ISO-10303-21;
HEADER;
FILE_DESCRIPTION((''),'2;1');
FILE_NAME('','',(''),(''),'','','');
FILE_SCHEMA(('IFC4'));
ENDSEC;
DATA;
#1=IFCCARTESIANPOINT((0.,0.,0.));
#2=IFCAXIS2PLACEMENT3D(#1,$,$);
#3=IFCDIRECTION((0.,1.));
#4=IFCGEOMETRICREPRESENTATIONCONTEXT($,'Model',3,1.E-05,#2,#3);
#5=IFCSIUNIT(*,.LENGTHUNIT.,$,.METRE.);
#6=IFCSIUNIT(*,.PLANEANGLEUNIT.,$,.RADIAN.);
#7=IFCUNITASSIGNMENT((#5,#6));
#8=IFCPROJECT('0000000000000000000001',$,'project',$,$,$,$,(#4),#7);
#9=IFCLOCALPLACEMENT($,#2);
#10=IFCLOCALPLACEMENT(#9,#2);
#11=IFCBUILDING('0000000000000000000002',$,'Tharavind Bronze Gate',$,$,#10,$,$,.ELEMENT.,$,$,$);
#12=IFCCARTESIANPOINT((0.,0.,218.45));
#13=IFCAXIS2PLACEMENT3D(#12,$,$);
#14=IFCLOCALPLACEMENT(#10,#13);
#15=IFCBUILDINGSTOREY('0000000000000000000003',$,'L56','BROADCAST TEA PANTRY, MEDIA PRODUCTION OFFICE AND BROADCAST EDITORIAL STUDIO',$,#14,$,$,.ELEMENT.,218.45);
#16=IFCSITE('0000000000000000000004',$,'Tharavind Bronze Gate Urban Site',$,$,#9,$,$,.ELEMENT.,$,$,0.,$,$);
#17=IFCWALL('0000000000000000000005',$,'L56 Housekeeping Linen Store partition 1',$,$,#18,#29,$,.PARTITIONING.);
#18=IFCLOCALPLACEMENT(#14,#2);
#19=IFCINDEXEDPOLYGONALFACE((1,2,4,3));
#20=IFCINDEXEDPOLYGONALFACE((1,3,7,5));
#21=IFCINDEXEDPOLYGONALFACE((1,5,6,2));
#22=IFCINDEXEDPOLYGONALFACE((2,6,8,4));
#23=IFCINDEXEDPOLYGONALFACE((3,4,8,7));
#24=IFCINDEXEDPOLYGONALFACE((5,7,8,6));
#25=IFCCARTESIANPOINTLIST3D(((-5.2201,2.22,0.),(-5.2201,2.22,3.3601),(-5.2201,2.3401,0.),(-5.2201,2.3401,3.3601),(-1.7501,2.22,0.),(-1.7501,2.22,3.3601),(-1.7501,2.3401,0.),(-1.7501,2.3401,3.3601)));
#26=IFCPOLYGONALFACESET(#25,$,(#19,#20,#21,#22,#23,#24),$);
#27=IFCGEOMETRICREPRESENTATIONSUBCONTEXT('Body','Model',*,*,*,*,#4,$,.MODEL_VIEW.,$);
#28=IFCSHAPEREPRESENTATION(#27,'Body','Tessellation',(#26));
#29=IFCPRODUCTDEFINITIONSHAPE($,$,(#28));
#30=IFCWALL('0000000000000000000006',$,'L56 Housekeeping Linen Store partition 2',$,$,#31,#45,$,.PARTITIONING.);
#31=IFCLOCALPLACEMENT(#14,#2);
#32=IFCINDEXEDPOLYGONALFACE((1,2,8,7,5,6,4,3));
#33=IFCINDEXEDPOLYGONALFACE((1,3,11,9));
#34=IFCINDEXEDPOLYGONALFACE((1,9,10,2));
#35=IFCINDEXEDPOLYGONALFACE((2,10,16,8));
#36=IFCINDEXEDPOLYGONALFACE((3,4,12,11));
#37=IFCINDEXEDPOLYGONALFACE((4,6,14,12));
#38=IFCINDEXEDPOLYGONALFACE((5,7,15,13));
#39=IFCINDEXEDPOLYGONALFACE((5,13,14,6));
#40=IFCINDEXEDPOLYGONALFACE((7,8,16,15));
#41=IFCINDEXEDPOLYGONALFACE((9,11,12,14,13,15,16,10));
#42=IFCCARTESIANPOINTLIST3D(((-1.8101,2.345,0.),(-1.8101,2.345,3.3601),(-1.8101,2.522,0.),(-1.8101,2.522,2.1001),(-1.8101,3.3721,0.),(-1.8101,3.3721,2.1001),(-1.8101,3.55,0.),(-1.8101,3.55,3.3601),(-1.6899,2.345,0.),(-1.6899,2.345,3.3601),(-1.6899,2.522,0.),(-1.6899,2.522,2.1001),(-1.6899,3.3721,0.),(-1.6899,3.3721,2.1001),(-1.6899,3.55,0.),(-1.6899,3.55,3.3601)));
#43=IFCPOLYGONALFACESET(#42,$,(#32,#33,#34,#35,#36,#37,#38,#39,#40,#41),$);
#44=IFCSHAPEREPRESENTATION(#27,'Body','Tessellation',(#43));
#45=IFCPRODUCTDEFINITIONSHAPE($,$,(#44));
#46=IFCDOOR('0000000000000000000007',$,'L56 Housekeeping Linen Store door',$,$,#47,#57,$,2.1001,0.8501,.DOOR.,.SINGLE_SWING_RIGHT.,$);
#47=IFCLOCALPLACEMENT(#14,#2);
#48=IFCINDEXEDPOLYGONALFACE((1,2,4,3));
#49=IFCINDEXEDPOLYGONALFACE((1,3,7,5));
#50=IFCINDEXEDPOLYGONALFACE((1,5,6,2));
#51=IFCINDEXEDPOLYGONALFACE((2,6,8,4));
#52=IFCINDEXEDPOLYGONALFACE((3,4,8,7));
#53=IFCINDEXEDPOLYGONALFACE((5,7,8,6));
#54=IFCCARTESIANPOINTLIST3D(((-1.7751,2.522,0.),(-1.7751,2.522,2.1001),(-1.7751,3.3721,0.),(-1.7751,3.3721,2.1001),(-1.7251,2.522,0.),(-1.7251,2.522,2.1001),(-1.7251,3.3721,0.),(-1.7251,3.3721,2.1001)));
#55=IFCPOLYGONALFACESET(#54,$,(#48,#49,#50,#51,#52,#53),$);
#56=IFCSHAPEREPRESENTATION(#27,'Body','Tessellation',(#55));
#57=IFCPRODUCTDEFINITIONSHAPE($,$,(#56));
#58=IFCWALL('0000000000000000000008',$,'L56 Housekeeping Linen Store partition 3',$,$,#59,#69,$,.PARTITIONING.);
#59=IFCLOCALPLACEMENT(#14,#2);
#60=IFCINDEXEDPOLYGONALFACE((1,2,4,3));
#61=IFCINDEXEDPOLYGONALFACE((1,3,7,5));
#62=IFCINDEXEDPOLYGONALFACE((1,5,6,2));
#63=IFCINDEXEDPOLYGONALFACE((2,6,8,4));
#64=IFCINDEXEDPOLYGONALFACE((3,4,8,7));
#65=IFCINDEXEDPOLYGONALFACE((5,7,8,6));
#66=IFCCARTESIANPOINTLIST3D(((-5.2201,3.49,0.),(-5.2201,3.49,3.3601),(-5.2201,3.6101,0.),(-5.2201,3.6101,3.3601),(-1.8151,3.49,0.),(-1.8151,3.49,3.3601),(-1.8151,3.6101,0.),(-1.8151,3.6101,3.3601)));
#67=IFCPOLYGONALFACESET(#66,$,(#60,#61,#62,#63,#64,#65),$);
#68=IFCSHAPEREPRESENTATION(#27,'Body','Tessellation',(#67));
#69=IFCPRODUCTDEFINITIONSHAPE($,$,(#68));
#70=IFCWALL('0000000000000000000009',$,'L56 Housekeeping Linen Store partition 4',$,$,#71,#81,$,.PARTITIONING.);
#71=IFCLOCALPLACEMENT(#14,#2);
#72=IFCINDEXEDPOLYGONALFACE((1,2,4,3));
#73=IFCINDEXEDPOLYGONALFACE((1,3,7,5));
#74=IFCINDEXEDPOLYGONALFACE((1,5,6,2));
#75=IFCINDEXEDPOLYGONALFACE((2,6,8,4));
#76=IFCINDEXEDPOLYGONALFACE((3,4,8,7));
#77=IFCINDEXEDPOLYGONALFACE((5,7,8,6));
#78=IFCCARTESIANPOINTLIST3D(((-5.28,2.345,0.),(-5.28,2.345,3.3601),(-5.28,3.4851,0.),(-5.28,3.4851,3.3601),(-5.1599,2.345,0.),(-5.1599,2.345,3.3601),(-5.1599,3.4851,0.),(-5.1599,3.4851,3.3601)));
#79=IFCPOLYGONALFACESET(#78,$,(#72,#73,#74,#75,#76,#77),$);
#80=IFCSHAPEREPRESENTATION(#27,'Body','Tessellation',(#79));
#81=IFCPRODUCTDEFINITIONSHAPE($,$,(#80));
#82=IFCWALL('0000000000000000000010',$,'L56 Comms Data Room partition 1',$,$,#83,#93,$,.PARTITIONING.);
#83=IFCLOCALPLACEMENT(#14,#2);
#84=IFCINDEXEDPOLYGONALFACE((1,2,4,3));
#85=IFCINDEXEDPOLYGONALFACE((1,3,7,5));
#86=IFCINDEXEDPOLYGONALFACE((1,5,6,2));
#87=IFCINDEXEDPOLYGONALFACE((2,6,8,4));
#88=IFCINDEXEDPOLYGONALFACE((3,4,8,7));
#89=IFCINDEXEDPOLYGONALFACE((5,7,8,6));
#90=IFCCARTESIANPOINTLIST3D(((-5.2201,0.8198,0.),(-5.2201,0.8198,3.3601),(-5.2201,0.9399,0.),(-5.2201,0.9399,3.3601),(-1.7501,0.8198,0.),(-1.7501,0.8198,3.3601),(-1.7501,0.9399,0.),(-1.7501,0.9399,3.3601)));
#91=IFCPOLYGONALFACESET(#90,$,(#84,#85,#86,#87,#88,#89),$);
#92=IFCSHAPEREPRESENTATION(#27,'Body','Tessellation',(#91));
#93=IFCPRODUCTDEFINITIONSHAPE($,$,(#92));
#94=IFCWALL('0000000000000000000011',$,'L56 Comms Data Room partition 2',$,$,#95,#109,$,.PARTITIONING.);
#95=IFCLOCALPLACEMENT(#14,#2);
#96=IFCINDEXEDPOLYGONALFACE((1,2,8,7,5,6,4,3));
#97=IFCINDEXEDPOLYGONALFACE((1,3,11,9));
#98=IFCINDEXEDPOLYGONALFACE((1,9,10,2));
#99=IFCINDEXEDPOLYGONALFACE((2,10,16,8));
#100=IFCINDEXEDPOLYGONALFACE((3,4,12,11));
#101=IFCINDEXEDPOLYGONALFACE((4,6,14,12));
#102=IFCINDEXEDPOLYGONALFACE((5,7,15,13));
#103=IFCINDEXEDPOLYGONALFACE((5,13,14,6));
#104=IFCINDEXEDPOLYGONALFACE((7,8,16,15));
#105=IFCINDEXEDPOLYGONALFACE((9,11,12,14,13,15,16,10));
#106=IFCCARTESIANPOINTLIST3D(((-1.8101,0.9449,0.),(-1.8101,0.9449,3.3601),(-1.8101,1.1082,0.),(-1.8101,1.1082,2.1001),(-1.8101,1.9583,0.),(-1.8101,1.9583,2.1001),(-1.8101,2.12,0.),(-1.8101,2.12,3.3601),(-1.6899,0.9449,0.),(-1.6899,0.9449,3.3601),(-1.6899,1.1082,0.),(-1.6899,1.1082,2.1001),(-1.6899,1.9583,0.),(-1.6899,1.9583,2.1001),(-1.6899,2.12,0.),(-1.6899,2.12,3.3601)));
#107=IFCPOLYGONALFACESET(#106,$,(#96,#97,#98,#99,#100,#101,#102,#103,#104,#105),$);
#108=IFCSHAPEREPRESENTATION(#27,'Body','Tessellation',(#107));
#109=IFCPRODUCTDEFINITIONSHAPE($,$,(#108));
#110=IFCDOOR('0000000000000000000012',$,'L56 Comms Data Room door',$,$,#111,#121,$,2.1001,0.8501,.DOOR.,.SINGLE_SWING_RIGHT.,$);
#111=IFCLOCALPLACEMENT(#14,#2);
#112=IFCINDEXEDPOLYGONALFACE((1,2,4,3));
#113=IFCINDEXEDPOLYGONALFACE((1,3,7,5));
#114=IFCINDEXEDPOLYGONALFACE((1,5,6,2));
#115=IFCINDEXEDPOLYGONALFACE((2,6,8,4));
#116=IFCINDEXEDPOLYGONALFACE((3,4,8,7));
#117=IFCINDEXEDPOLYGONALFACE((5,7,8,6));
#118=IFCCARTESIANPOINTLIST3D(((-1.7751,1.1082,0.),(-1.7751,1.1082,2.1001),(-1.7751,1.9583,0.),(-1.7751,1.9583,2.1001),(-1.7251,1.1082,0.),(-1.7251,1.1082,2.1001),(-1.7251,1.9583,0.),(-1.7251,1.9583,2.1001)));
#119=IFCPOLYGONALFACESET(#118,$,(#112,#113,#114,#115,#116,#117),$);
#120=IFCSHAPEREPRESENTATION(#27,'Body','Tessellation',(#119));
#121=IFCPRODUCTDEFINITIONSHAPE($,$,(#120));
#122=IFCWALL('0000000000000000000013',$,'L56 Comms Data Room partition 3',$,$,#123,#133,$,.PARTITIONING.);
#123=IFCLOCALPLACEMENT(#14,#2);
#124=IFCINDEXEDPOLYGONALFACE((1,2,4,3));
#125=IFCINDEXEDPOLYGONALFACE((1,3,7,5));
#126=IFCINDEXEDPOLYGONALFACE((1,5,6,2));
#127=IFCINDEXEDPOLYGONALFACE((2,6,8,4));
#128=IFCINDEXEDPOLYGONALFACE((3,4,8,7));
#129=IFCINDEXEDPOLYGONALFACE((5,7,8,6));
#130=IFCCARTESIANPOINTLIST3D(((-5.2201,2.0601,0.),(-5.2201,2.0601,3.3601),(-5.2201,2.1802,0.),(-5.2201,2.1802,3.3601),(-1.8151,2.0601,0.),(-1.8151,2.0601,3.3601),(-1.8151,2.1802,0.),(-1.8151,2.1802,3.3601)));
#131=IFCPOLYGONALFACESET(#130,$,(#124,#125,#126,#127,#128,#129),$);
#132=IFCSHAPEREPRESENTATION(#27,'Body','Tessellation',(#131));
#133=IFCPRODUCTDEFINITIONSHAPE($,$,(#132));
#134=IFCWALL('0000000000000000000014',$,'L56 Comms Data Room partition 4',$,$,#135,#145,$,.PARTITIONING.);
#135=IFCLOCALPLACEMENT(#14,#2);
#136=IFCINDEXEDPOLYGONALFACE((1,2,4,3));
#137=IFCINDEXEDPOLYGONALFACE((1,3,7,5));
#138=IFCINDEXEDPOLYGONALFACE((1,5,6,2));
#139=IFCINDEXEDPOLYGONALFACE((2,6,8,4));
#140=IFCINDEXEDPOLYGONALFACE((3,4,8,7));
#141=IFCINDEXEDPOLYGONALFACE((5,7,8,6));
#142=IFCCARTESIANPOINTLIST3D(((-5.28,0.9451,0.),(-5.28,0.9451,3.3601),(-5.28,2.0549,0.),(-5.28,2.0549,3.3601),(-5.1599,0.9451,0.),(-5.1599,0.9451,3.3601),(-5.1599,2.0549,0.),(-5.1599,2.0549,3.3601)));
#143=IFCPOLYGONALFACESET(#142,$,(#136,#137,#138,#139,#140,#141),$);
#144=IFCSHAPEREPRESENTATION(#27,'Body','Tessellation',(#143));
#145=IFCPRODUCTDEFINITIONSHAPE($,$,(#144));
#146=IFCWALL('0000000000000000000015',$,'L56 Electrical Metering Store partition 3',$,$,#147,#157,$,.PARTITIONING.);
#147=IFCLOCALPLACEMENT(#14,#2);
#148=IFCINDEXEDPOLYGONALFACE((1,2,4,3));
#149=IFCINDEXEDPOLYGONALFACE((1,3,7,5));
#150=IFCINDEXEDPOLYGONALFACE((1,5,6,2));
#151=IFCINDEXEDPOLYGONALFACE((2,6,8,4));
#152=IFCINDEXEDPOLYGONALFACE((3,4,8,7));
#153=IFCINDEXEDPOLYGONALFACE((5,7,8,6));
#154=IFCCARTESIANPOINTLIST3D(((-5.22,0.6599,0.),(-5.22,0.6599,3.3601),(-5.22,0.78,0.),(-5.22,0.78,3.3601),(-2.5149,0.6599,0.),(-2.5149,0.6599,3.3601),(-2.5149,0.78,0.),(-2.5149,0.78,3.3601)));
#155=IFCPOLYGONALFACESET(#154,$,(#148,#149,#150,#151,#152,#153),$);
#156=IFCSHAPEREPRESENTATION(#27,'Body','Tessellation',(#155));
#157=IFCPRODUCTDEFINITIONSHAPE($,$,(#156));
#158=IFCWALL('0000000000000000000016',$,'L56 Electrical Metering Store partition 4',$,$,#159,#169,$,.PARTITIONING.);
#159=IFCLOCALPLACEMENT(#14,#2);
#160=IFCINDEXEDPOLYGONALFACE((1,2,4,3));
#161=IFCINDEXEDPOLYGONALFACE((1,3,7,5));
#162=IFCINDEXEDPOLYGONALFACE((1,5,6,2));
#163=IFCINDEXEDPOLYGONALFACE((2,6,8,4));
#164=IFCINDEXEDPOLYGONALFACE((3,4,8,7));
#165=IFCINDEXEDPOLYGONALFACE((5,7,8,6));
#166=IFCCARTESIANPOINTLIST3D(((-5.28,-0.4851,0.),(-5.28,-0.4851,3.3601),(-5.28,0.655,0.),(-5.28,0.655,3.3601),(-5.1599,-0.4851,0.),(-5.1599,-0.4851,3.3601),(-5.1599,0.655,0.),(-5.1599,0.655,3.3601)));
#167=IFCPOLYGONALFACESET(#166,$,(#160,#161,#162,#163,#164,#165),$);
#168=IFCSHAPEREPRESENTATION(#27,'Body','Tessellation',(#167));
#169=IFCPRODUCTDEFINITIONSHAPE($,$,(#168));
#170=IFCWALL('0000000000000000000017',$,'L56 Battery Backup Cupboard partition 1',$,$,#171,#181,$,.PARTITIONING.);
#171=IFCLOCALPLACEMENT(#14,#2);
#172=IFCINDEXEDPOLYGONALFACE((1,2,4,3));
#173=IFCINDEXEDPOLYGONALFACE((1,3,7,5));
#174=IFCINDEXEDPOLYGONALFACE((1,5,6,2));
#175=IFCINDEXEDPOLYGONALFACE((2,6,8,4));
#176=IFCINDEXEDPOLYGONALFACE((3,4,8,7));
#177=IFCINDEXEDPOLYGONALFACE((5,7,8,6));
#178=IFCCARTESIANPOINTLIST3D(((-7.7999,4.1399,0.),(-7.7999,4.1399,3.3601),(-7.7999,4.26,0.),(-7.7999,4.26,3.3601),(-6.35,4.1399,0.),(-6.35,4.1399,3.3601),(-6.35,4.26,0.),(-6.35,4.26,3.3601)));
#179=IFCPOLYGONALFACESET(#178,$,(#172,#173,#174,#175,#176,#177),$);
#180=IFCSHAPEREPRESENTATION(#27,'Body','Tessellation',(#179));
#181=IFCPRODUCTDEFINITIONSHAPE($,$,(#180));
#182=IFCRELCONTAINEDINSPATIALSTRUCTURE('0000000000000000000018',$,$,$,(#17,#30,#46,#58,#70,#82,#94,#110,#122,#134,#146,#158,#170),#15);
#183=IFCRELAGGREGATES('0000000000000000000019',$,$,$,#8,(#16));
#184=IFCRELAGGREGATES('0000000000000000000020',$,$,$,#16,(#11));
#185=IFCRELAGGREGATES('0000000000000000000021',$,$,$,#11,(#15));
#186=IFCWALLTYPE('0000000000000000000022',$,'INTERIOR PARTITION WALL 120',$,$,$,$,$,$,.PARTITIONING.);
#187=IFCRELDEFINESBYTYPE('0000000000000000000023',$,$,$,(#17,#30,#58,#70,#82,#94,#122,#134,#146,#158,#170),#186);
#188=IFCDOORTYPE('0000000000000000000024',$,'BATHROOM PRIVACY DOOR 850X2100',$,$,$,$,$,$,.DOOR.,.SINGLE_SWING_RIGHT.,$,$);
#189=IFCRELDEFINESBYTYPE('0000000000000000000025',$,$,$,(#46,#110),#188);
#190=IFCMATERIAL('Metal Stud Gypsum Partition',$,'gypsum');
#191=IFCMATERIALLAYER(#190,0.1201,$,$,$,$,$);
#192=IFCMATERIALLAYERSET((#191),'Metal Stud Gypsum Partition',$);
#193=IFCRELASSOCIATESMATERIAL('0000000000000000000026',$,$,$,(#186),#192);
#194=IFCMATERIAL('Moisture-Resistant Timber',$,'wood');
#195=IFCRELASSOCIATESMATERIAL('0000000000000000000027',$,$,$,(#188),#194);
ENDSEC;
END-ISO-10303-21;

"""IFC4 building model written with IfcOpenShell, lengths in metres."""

from ifc_helpers import new_model, si_unit, direction, frame, frame_2d, origin, place, context, subcontext, project, spatial, rectangle, extrude, material, layer, layer_set, type_object, element, fill, save


model = new_model("IFC4")

# Units and contexts
model_context = context("Model", 3, precision=1e-05, world=origin(), true_north=direction((0.0, 1.0)))
body_context = subcontext(model_context, "Body", "Model", "MODEL_VIEW")
ifc_project = project(units=[si_unit("LENGTHUNIT", "METRE"), si_unit("PLANEANGLEUNIT", "RADIAN")], contexts=[model_context])

# Site, building, storey
site_placement = place(None, origin())
site = spatial("IfcSite", under=ifc_project, at=site_placement, Name="Tharavind Bronze Gate Urban Site", CompositionType="ELEMENT", RefElevation=0.0)
building_placement = place(site_placement, origin())
building = spatial("IfcBuilding", under=site, at=building_placement, Name="Tharavind Bronze Gate", CompositionType="ELEMENT")
storey_placement = place(building_placement, frame((0.0, 0.0, 218.45)))
storey = spatial("IfcBuildingStorey", under=building, at=storey_placement, Name="L56", Description="BROADCAST TEA PANTRY, MEDIA PRODUCTION OFFICE AND BROADCAST EDITORIAL STUDIO", CompositionType="ELEMENT", Elevation=218.45)

# Wall
ifc_material_1 = material(Name="Metal Stud Gypsum Partition", Category="gypsum")
ifc_layer_1 = layer(ifc_material_1, 0.1201)
ifc_layer_set_1 = layer_set([ifc_layer_1], Name="Metal Stud Gypsum Partition")
wall_type_1 = type_object("IfcWallType", Name="INTERIOR PARTITION WALL 120", PredefinedType="PARTITIONING", material=ifc_layer_set_1)
wall_1_placement = place(storey_placement, frame((-5.22, 2.28, 0.0), z_axis=(0.0, 0.0, 1.0), x_axis=(1.0, 0.0, 0.0)))
element("IfcWall", 1, at=wall_1_placement, inside=storey, type_object=wall_type_1, Name="L56 Housekeeping Linen Store partition 1", PredefinedType="PARTITIONING", context=body_context, shape_type="SweptSolid", body=[
    extrude(rectangle(XDim=3.47, YDim=0.1201, at=frame_2d((1.7349, 0.0))), origin(), (0.0, 0.0, 1.0), 3.3601),
])

# Wall, opening, door
wall_2_placement = place(storey_placement, frame((-1.75, 2.345, 0.0), z_axis=(0.0, 0.0, 1.0), x_axis=(0.0, 1.0, 0.0)))
wall_2 = element("IfcWall", 2, at=wall_2_placement, inside=storey, type_object=wall_type_1, Name="L56 Housekeeping Linen Store partition 2", PredefinedType="PARTITIONING", context=body_context, shape_type="SweptSolid", body=[
    extrude(rectangle(XDim=1.2051, YDim=0.1201, at=frame_2d((0.6025, 0.0))), origin(), (0.0, 0.0, 1.0), 3.3601),
])
opening_1_placement = place(wall_2_placement, frame((0.177, 0.0, 0.0)))
opening_1 = element("IfcOpeningElement", 3, at=opening_1_placement, cuts=wall_2, PredefinedType="OPENING", context=body_context, shape_type="SweptSolid", body=[
    extrude(rectangle(XDim=0.8501, YDim=2.1001, at=frame_2d((0.425, 1.05))), frame((0.0, 0.0701, 0.0), z_axis=(0.0, -1.0, 0.0), x_axis=(1.0, 0.0, 0.0)), (0.0, 0.0, 1.0), 0.1401),
])
ifc_material_2 = material(Name="Moisture-Resistant Timber", Category="wood")
door_type_1 = type_object("IfcDoorType", Name="BATHROOM PRIVACY DOOR 850X2100", OperationType="SINGLE_SWING_RIGHT", PredefinedType="DOOR", material=ifc_material_2)
door_1_placement = place(opening_1_placement, frame((0.8501, 0.0, 0.0), z_axis=(0.0, 0.0, 1.0), x_axis=(-1.0, 0.0, 0.0)))
door_1 = element("IfcDoor", 4, at=door_1_placement, inside=storey, type_object=door_type_1, Name="L56 Housekeeping Linen Store door", OperationType="SINGLE_SWING_RIGHT", OverallHeight=2.1001, OverallWidth=0.8501, PredefinedType="DOOR", context=body_context, shape_type="SweptSolid", body=[
    extrude(rectangle(XDim=0.8501, YDim=2.1001, at=frame_2d((0.425, 1.05))), frame((0.0, 0.0249, 0.0), z_axis=(0.0, -1.0, 0.0), x_axis=(1.0, 0.0, 0.0)), (0.0, 0.0, 1.0), 0.05),
])
fill(opening_1, door_1)

# Walls
wall_3_placement = place(storey_placement, frame((-1.8149, 3.55, 0.0), z_axis=(0.0, 0.0, 1.0), x_axis=(-1.0, 0.0, 0.0)))
element("IfcWall", 5, at=wall_3_placement, inside=storey, type_object=wall_type_1, Name="L56 Housekeeping Linen Store partition 3", PredefinedType="PARTITIONING", context=body_context, shape_type="SweptSolid", body=[
    extrude(rectangle(XDim=3.405, YDim=0.1201, at=frame_2d((1.7026, 0.0))), origin(), (0.0, 0.0, 1.0), 3.3601),
])
wall_4_placement = place(storey_placement, frame((-5.22, 3.4851, 0.0), z_axis=(0.0, 0.0, 1.0), x_axis=(0.0, -1.0, 0.0)))
element("IfcWall", 6, at=wall_4_placement, inside=storey, type_object=wall_type_1, Name="L56 Housekeeping Linen Store partition 4", PredefinedType="PARTITIONING", context=body_context, shape_type="SweptSolid", body=[
    extrude(rectangle(XDim=1.1401, YDim=0.1201, at=frame_2d((0.5701, 0.0))), origin(), (0.0, 0.0, 1.0), 3.3601),
])
wall_5_placement = place(storey_placement, frame((-5.22, 0.8799, 0.0), z_axis=(0.0, 0.0, 1.0), x_axis=(1.0, 0.0, 0.0)))
element("IfcWall", 7, at=wall_5_placement, inside=storey, type_object=wall_type_1, Name="L56 Comms Data Room partition 1", PredefinedType="PARTITIONING", context=body_context, shape_type="SweptSolid", body=[
    extrude(rectangle(XDim=3.47, YDim=0.1201, at=frame_2d((1.7349, 0.0))), origin(), (0.0, 0.0, 1.0), 3.3601),
])

# Wall, opening, door
wall_6_placement = place(storey_placement, frame((-1.75, 0.9451, 0.0), z_axis=(0.0, 0.0, 1.0), x_axis=(0.0, 1.0, 0.0)))
wall_6 = element("IfcWall", 8, at=wall_6_placement, inside=storey, type_object=wall_type_1, Name="L56 Comms Data Room partition 2", PredefinedType="PARTITIONING", context=body_context, shape_type="SweptSolid", body=[
    extrude(rectangle(XDim=1.175, YDim=0.1201, at=frame_2d((0.5874, 0.0))), origin(), (0.0, 0.0, 1.0), 3.3601),
])
opening_2_placement = place(wall_6_placement, frame((0.1631, 0.0, 0.0)))
opening_2 = element("IfcOpeningElement", 9, at=opening_2_placement, cuts=wall_6, PredefinedType="OPENING", context=body_context, shape_type="SweptSolid", body=[
    extrude(rectangle(XDim=0.8501, YDim=2.1001, at=frame_2d((0.425, 1.05))), frame((0.0, 0.0701, 0.0), z_axis=(0.0, -1.0, 0.0), x_axis=(1.0, 0.0, 0.0)), (0.0, 0.0, 1.0), 0.1401),
])
door_2_placement = place(opening_2_placement, frame((0.8501, 0.0, 0.0), z_axis=(0.0, 0.0, 1.0), x_axis=(-1.0, 0.0, 0.0)))
door_2 = element("IfcDoor", 10, at=door_2_placement, inside=storey, type_object=door_type_1, Name="L56 Comms Data Room door", OperationType="SINGLE_SWING_RIGHT", OverallHeight=2.1001, OverallWidth=0.8501, PredefinedType="DOOR", context=body_context, shape_type="SweptSolid", body=[
    extrude(rectangle(XDim=0.8501, YDim=2.1001, at=frame_2d((0.425, 1.05))), frame((0.0, 0.0249, 0.0), z_axis=(0.0, -1.0, 0.0), x_axis=(1.0, 0.0, 0.0)), (0.0, 0.0, 1.0), 0.05),
])
fill(opening_2, door_2)

# Walls
wall_7_placement = place(storey_placement, frame((-1.8149, 2.1201, 0.0), z_axis=(0.0, 0.0, 1.0), x_axis=(-1.0, 0.0, 0.0)))
element("IfcWall", 11, at=wall_7_placement, inside=storey, type_object=wall_type_1, Name="L56 Comms Data Room partition 3", PredefinedType="PARTITIONING", context=body_context, shape_type="SweptSolid", body=[
    extrude(rectangle(XDim=3.405, YDim=0.1201, at=frame_2d((1.7026, 0.0))), origin(), (0.0, 0.0, 1.0), 3.3601),
])
wall_8_placement = place(storey_placement, frame((-5.22, 2.0549, 0.0), z_axis=(0.0, 0.0, 1.0), x_axis=(0.0, -1.0, 0.0)))
element("IfcWall", 12, at=wall_8_placement, inside=storey, type_object=wall_type_1, Name="L56 Comms Data Room partition 4", PredefinedType="PARTITIONING", context=body_context, shape_type="SweptSolid", body=[
    extrude(rectangle(XDim=1.1099, YDim=0.1201, at=frame_2d((0.5549, 0.0))), origin(), (0.0, 0.0, 1.0), 3.3601),
])
wall_9_placement = place(storey_placement, frame((-2.5149, 0.72, 0.0), z_axis=(0.0, 0.0, 1.0), x_axis=(-1.0, 0.0, 0.0)))
element("IfcWall", 13, at=wall_9_placement, inside=storey, type_object=wall_type_1, Name="L56 Electrical Metering Store partition 3", PredefinedType="PARTITIONING", context=body_context, shape_type="SweptSolid", body=[
    extrude(rectangle(XDim=2.7051, YDim=0.1201, at=frame_2d((1.3525, 0.0))), origin(), (0.0, 0.0, 1.0), 3.3601),
])
wall_10_placement = place(storey_placement, frame((-5.22, 0.655, 0.0), z_axis=(0.0, 0.0, 1.0), x_axis=(0.0, -1.0, 0.0)))
element("IfcWall", 14, at=wall_10_placement, inside=storey, type_object=wall_type_1, Name="L56 Electrical Metering Store partition 4", PredefinedType="PARTITIONING", context=body_context, shape_type="SweptSolid", body=[
    extrude(rectangle(XDim=1.1401, YDim=0.1201, at=frame_2d((0.5701, 0.0))), origin(), (0.0, 0.0, 1.0), 3.3601),
])
wall_11_placement = place(storey_placement, frame((-7.8, 4.2, 0.0), z_axis=(0.0, 0.0, 1.0), x_axis=(1.0, 0.0, 0.0)))
element("IfcWall", 15, at=wall_11_placement, inside=storey, type_object=wall_type_1, Name="L56 Battery Backup Cupboard partition 1", PredefinedType="PARTITIONING", context=body_context, shape_type="SweptSolid", body=[
    extrude(rectangle(XDim=1.45, YDim=0.1201, at=frame_2d((0.7251, 0.0))), origin(), (0.0, 0.0, 1.0), 3.3601),
])

save(model, "model.ifc")
